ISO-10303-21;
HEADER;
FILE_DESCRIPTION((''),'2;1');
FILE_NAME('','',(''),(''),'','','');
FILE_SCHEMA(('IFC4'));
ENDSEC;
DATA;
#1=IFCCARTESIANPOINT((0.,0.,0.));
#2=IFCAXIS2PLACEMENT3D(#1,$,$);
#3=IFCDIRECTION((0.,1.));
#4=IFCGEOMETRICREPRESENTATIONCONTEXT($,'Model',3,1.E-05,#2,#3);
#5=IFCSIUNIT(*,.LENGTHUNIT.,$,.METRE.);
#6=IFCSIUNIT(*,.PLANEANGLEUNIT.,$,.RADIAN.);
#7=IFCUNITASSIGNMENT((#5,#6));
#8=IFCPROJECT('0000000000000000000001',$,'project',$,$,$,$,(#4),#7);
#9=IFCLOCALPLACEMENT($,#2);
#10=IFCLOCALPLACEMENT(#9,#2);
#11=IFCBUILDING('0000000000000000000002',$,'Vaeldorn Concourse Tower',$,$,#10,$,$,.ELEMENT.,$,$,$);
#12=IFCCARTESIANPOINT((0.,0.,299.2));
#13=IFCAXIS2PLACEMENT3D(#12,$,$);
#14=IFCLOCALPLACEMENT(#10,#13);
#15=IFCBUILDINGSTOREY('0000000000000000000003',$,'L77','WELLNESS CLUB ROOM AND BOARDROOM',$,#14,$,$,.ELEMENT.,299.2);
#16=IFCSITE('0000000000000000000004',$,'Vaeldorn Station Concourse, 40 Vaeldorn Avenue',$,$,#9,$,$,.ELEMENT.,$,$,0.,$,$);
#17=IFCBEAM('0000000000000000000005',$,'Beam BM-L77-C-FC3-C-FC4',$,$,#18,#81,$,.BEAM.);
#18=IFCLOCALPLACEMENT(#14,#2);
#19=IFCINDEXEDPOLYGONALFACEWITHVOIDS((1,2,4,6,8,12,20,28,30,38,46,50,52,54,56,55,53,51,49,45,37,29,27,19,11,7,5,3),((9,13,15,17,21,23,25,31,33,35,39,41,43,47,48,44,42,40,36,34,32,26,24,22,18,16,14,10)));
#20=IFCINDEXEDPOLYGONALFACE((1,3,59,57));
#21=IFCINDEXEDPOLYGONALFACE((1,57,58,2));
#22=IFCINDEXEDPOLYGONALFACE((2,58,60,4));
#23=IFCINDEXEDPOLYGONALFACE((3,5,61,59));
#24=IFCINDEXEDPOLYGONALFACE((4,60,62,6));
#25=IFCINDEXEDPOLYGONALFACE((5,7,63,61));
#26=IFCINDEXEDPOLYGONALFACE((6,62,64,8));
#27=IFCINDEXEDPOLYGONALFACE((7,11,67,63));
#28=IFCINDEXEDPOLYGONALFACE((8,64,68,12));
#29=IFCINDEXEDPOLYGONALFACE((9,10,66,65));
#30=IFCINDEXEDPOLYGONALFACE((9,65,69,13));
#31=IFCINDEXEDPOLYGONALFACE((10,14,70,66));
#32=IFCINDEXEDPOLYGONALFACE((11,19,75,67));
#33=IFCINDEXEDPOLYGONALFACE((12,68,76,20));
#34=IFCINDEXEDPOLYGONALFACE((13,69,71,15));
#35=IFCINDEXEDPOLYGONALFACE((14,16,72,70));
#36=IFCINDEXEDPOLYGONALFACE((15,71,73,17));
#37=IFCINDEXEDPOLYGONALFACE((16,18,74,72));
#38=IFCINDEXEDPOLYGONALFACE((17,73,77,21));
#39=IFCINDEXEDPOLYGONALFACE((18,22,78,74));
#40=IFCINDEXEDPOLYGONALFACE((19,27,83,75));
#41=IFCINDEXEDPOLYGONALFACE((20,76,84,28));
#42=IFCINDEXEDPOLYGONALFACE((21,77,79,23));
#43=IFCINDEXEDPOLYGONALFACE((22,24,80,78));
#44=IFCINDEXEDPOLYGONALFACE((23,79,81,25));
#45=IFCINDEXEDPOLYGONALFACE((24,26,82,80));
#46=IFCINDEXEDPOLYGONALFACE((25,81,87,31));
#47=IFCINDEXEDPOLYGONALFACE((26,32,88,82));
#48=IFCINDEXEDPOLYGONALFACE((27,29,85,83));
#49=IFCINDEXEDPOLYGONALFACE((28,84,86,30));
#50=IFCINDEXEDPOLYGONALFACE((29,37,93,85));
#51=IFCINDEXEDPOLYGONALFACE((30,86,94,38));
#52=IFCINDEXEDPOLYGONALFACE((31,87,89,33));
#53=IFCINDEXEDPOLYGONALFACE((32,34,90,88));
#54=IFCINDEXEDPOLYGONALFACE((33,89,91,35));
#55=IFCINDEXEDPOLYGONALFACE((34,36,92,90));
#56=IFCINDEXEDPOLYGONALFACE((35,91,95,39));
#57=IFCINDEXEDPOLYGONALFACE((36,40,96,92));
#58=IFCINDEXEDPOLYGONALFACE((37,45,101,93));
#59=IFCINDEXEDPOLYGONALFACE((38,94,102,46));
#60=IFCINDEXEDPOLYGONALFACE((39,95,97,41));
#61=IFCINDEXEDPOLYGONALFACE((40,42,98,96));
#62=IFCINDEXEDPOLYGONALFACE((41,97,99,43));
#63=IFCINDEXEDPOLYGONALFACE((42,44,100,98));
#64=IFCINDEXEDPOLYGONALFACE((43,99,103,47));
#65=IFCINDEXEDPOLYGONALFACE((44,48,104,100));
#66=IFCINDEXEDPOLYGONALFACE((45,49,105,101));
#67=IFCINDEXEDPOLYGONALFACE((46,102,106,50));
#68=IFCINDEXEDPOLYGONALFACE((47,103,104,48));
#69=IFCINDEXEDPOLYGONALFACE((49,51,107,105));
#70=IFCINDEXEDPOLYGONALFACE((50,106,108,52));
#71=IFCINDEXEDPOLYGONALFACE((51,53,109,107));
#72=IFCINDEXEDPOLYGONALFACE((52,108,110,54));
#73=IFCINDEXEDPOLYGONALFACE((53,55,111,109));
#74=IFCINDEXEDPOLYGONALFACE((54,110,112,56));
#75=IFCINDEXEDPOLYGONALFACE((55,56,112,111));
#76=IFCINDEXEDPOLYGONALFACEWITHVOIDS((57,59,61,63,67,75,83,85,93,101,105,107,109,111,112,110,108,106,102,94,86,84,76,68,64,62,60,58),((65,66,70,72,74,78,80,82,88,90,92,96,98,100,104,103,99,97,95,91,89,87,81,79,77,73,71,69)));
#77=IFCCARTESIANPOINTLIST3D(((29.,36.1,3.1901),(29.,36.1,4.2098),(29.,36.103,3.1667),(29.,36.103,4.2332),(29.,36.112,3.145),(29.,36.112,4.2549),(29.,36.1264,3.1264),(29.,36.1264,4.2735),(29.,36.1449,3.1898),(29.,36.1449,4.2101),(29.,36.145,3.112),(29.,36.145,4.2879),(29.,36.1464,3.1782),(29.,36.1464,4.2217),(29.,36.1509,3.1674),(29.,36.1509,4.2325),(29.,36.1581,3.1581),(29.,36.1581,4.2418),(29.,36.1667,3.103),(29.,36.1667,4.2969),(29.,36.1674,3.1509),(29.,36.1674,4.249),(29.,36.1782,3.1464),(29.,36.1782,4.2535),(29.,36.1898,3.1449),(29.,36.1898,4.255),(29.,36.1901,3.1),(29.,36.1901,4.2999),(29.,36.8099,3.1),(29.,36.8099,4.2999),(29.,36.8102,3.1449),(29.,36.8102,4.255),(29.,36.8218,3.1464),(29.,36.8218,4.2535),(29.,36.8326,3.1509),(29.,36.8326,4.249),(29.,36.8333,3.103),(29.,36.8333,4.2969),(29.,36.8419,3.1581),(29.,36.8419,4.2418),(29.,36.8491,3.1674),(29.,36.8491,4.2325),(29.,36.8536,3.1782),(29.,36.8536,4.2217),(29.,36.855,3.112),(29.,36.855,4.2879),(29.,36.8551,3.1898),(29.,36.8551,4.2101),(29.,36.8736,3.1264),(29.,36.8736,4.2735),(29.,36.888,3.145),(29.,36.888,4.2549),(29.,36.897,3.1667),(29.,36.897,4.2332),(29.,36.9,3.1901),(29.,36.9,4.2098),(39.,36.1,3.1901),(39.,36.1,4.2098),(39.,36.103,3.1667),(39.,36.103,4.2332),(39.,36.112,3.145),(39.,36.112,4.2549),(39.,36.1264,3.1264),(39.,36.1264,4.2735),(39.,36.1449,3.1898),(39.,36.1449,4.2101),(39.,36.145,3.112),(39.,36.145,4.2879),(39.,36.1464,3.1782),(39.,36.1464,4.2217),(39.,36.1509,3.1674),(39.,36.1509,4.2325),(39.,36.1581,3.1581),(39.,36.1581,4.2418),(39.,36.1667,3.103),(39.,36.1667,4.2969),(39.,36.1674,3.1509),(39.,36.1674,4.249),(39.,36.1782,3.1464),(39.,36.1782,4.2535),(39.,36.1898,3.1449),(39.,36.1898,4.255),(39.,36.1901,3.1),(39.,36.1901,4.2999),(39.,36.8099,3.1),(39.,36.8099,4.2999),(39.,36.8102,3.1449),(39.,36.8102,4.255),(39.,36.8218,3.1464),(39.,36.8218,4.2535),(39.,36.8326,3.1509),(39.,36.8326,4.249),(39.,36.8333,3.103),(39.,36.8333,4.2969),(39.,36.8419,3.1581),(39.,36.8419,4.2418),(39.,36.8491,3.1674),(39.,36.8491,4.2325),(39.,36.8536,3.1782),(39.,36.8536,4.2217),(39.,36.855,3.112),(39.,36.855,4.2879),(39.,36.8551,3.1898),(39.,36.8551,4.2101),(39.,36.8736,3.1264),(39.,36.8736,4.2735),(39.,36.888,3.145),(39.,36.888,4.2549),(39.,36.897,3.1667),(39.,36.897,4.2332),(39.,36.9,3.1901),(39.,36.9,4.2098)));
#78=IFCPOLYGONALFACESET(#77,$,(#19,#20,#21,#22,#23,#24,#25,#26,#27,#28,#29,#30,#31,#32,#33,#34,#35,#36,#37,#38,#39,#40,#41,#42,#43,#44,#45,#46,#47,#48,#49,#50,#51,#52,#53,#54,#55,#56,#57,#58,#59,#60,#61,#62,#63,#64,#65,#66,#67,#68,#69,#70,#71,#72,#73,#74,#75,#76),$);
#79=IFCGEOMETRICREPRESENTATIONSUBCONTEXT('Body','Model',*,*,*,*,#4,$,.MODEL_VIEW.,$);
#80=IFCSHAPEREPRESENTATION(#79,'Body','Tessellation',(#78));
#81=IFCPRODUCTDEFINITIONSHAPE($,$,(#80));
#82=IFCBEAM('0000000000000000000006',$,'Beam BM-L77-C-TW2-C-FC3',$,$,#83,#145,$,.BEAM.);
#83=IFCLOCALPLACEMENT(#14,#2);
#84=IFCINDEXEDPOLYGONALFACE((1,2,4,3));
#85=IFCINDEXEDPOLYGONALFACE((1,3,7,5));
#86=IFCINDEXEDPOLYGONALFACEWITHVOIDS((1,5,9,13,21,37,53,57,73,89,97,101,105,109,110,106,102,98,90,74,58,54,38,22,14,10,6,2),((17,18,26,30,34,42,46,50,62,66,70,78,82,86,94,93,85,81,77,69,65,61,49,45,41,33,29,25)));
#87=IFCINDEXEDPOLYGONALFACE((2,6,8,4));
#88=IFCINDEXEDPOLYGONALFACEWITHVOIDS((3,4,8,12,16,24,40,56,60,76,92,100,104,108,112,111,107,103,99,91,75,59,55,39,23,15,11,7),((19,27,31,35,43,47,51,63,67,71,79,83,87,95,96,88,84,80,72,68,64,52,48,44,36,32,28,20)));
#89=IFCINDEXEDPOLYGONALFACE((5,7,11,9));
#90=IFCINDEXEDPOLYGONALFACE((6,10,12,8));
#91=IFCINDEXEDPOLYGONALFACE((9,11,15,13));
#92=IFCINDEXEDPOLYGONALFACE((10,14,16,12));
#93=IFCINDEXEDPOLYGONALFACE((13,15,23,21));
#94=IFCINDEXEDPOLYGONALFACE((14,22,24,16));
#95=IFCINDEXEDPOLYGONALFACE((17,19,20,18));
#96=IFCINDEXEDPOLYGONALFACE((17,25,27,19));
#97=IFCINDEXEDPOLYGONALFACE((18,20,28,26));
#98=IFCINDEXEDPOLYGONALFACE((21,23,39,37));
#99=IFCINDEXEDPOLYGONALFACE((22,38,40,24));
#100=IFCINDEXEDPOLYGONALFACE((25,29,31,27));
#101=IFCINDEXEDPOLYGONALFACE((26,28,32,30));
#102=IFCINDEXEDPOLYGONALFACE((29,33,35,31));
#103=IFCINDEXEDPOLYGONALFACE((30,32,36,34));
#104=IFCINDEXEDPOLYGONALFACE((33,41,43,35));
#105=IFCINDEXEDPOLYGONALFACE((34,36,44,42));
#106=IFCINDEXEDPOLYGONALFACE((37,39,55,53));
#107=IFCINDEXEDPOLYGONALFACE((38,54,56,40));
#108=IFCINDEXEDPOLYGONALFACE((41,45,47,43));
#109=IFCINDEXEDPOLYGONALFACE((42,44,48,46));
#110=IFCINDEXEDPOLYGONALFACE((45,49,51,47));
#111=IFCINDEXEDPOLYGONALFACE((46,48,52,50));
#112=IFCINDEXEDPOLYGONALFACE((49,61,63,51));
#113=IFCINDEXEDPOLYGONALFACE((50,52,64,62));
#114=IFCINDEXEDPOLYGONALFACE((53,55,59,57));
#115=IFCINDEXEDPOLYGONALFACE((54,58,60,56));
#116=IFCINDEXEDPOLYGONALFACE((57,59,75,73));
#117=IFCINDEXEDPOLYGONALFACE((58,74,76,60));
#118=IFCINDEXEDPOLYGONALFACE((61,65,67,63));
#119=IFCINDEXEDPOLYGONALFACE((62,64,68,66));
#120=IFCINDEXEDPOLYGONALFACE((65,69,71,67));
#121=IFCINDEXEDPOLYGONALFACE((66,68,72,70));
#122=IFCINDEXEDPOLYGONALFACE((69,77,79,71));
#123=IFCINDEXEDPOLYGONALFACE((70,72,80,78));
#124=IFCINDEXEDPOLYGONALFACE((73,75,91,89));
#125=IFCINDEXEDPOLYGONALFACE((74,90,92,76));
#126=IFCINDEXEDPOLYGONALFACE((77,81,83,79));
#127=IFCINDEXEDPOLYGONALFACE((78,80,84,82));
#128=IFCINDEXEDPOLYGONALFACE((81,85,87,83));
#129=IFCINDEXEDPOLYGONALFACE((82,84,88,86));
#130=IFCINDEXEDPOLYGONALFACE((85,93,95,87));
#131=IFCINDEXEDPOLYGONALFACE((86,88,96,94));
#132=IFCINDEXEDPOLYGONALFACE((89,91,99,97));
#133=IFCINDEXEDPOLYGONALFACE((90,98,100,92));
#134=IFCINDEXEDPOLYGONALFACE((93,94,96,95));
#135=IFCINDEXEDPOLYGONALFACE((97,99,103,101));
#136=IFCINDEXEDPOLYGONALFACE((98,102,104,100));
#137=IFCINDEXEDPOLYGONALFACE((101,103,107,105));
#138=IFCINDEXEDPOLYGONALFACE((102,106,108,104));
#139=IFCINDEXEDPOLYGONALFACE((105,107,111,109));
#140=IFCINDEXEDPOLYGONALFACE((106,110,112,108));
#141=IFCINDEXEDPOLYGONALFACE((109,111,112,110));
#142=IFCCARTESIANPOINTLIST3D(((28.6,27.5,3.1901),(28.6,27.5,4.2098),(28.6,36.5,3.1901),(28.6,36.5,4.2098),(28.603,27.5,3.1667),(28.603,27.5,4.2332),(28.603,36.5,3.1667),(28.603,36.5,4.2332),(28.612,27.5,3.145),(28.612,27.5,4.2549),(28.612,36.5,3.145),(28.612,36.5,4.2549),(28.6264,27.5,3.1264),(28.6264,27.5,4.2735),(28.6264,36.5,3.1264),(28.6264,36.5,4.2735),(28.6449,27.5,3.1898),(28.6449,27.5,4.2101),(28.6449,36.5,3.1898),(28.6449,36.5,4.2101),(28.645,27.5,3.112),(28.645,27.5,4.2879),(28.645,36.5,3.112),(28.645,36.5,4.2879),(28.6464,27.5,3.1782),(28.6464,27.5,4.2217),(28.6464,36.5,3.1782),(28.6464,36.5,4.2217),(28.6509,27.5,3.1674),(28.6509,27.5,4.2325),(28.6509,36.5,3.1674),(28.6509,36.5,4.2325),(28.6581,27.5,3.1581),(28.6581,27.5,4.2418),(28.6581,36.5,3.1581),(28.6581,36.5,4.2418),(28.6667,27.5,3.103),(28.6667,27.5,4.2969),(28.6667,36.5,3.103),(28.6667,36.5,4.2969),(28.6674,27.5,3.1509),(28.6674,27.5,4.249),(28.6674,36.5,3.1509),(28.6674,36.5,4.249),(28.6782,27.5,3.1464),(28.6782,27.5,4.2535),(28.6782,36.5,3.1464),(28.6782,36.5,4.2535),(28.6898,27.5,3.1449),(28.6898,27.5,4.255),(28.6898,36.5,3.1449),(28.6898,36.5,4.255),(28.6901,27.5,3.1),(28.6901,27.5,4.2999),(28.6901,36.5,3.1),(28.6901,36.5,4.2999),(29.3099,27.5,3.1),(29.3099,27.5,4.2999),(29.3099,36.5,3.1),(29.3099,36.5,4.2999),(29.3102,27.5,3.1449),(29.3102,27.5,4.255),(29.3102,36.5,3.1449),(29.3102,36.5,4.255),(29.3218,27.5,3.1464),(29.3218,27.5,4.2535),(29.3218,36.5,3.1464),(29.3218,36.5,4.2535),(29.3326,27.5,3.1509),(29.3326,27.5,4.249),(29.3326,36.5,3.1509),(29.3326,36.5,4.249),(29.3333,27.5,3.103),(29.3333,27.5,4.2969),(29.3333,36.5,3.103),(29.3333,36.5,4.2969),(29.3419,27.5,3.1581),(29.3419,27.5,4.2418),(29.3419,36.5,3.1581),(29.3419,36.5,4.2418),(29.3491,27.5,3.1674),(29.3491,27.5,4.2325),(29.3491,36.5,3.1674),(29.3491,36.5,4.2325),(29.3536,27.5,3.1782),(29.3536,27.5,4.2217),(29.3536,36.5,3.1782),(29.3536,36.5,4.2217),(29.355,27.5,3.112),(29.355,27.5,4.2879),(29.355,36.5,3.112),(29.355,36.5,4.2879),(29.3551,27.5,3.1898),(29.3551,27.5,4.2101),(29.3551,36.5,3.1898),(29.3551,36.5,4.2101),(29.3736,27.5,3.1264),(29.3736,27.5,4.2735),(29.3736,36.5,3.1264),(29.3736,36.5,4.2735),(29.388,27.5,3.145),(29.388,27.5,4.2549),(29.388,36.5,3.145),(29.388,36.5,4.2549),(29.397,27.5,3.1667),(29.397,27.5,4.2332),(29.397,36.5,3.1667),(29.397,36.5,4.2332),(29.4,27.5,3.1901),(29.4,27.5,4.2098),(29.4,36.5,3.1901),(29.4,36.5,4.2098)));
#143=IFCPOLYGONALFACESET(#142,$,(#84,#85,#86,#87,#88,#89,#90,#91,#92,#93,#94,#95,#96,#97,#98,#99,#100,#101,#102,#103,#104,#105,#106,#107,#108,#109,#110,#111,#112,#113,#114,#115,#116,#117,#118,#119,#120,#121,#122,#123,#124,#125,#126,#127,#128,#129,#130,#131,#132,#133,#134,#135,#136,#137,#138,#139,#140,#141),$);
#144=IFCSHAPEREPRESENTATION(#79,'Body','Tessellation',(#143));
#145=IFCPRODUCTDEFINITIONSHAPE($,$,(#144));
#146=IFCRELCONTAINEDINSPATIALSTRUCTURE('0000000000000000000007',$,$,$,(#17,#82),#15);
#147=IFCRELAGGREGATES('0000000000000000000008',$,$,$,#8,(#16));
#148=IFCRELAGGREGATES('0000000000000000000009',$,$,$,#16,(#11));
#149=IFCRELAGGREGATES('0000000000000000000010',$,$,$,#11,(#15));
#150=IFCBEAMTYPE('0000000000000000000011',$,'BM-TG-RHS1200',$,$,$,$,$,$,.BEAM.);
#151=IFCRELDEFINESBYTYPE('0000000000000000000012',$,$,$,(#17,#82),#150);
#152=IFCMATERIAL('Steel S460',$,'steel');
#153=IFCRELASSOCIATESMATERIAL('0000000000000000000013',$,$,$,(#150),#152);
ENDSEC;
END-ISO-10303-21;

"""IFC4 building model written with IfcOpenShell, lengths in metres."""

from ifc_helpers import new_model, si_unit, direction, frame, origin, origin_2d, place, context, subcontext, project, spatial, hollow_rectangle, extrude, source, transform, mapped, material, material_profile, profile_set, type_object, element, save


model = new_model("IFC4")

# Units and contexts
model_context = context("Model", 3, precision=1e-05, world=origin(), true_north=direction((0.0, 1.0)))
body_context = subcontext(model_context, "Body", "Model", "MODEL_VIEW")
ifc_project = project(units=[si_unit("LENGTHUNIT", "METRE"), si_unit("PLANEANGLEUNIT", "RADIAN")], contexts=[model_context])

# Site, building, storey
site_placement = place(None, origin())
site = spatial("IfcSite", under=ifc_project, at=site_placement, Name="Vaeldorn Station Concourse, 40 Vaeldorn Avenue", CompositionType="ELEMENT", RefElevation=0.0)
building_placement = place(site_placement, origin())
building = spatial("IfcBuilding", under=site, at=building_placement, Name="Vaeldorn Concourse Tower", CompositionType="ELEMENT")
storey_placement = place(building_placement, frame((0.0, 0.0, 299.2)))
storey = spatial("IfcBuildingStorey", under=building, at=storey_placement, Name="L77", Description="WELLNESS CLUB ROOM AND BOARDROOM", CompositionType="ELEMENT", Elevation=299.2)

# Beams
ifc_material_1 = material(Name="Steel S460", Category="steel")
ifc_material_profile_1 = material_profile(ifc_material_1, hollow_rectangle(XDim=0.8, YDim=1.2, WallThickness=0.0449, InnerFilletRadius=0.0449, OuterFilletRadius=0.0901, at=origin_2d()), Name="RHS 1200x800x45")
ifc_profile_set_1 = profile_set([ifc_material_profile_1], Name="Steel S460")
beam_type_1 = type_object("IfcBeamType", Name="BM-TG-RHS1200", PredefinedType="BEAM", material=ifc_profile_set_1)
shared_shape_1 = source(origin(), body_context, "Body", "SweptSolid", [
    extrude(hollow_rectangle(XDim=0.8, YDim=1.2, WallThickness=0.0449, InnerFilletRadius=0.0449, OuterFilletRadius=0.0901, at=origin_2d()), origin(), (0.0, 0.0, 1.0), 10.0),
])
beam_1_placement = place(storey_placement, frame((29.0, 36.5, 3.7), z_axis=(1.0, 0.0, 0.0), x_axis=(0.0, 1.0, 0.0)))
element("IfcBeam", 1, at=beam_1_placement, inside=storey, type_object=beam_type_1, Name="Beam BM-L77-C-FC3-C-FC4", PredefinedType="BEAM", context=body_context, shape_type="MappedRepresentation", body=[
    mapped(shared_shape_1, transform((0.0, 0.0, 0.0), scale=1.0)),
])
shared_shape_2 = source(origin(), body_context, "Body", "SweptSolid", [
    extrude(hollow_rectangle(XDim=0.8, YDim=1.2, WallThickness=0.0449, InnerFilletRadius=0.0449, OuterFilletRadius=0.0901, at=origin_2d()), origin(), (0.0, 0.0, 1.0), 9.0),
])
beam_2_placement = place(storey_placement, frame((29.0, 27.5, 3.7), z_axis=(0.0, 1.0, 0.0), x_axis=(-1.0, 0.0, 0.0)))
element("IfcBeam", 2, at=beam_2_placement, inside=storey, type_object=beam_type_1, Name="Beam BM-L77-C-TW2-C-FC3", PredefinedType="BEAM", context=body_context, shape_type="MappedRepresentation", body=[
    mapped(shared_shape_2, transform((0.0, 0.0, 0.0), scale=1.0)),
])

save(model, "model.ifc")
